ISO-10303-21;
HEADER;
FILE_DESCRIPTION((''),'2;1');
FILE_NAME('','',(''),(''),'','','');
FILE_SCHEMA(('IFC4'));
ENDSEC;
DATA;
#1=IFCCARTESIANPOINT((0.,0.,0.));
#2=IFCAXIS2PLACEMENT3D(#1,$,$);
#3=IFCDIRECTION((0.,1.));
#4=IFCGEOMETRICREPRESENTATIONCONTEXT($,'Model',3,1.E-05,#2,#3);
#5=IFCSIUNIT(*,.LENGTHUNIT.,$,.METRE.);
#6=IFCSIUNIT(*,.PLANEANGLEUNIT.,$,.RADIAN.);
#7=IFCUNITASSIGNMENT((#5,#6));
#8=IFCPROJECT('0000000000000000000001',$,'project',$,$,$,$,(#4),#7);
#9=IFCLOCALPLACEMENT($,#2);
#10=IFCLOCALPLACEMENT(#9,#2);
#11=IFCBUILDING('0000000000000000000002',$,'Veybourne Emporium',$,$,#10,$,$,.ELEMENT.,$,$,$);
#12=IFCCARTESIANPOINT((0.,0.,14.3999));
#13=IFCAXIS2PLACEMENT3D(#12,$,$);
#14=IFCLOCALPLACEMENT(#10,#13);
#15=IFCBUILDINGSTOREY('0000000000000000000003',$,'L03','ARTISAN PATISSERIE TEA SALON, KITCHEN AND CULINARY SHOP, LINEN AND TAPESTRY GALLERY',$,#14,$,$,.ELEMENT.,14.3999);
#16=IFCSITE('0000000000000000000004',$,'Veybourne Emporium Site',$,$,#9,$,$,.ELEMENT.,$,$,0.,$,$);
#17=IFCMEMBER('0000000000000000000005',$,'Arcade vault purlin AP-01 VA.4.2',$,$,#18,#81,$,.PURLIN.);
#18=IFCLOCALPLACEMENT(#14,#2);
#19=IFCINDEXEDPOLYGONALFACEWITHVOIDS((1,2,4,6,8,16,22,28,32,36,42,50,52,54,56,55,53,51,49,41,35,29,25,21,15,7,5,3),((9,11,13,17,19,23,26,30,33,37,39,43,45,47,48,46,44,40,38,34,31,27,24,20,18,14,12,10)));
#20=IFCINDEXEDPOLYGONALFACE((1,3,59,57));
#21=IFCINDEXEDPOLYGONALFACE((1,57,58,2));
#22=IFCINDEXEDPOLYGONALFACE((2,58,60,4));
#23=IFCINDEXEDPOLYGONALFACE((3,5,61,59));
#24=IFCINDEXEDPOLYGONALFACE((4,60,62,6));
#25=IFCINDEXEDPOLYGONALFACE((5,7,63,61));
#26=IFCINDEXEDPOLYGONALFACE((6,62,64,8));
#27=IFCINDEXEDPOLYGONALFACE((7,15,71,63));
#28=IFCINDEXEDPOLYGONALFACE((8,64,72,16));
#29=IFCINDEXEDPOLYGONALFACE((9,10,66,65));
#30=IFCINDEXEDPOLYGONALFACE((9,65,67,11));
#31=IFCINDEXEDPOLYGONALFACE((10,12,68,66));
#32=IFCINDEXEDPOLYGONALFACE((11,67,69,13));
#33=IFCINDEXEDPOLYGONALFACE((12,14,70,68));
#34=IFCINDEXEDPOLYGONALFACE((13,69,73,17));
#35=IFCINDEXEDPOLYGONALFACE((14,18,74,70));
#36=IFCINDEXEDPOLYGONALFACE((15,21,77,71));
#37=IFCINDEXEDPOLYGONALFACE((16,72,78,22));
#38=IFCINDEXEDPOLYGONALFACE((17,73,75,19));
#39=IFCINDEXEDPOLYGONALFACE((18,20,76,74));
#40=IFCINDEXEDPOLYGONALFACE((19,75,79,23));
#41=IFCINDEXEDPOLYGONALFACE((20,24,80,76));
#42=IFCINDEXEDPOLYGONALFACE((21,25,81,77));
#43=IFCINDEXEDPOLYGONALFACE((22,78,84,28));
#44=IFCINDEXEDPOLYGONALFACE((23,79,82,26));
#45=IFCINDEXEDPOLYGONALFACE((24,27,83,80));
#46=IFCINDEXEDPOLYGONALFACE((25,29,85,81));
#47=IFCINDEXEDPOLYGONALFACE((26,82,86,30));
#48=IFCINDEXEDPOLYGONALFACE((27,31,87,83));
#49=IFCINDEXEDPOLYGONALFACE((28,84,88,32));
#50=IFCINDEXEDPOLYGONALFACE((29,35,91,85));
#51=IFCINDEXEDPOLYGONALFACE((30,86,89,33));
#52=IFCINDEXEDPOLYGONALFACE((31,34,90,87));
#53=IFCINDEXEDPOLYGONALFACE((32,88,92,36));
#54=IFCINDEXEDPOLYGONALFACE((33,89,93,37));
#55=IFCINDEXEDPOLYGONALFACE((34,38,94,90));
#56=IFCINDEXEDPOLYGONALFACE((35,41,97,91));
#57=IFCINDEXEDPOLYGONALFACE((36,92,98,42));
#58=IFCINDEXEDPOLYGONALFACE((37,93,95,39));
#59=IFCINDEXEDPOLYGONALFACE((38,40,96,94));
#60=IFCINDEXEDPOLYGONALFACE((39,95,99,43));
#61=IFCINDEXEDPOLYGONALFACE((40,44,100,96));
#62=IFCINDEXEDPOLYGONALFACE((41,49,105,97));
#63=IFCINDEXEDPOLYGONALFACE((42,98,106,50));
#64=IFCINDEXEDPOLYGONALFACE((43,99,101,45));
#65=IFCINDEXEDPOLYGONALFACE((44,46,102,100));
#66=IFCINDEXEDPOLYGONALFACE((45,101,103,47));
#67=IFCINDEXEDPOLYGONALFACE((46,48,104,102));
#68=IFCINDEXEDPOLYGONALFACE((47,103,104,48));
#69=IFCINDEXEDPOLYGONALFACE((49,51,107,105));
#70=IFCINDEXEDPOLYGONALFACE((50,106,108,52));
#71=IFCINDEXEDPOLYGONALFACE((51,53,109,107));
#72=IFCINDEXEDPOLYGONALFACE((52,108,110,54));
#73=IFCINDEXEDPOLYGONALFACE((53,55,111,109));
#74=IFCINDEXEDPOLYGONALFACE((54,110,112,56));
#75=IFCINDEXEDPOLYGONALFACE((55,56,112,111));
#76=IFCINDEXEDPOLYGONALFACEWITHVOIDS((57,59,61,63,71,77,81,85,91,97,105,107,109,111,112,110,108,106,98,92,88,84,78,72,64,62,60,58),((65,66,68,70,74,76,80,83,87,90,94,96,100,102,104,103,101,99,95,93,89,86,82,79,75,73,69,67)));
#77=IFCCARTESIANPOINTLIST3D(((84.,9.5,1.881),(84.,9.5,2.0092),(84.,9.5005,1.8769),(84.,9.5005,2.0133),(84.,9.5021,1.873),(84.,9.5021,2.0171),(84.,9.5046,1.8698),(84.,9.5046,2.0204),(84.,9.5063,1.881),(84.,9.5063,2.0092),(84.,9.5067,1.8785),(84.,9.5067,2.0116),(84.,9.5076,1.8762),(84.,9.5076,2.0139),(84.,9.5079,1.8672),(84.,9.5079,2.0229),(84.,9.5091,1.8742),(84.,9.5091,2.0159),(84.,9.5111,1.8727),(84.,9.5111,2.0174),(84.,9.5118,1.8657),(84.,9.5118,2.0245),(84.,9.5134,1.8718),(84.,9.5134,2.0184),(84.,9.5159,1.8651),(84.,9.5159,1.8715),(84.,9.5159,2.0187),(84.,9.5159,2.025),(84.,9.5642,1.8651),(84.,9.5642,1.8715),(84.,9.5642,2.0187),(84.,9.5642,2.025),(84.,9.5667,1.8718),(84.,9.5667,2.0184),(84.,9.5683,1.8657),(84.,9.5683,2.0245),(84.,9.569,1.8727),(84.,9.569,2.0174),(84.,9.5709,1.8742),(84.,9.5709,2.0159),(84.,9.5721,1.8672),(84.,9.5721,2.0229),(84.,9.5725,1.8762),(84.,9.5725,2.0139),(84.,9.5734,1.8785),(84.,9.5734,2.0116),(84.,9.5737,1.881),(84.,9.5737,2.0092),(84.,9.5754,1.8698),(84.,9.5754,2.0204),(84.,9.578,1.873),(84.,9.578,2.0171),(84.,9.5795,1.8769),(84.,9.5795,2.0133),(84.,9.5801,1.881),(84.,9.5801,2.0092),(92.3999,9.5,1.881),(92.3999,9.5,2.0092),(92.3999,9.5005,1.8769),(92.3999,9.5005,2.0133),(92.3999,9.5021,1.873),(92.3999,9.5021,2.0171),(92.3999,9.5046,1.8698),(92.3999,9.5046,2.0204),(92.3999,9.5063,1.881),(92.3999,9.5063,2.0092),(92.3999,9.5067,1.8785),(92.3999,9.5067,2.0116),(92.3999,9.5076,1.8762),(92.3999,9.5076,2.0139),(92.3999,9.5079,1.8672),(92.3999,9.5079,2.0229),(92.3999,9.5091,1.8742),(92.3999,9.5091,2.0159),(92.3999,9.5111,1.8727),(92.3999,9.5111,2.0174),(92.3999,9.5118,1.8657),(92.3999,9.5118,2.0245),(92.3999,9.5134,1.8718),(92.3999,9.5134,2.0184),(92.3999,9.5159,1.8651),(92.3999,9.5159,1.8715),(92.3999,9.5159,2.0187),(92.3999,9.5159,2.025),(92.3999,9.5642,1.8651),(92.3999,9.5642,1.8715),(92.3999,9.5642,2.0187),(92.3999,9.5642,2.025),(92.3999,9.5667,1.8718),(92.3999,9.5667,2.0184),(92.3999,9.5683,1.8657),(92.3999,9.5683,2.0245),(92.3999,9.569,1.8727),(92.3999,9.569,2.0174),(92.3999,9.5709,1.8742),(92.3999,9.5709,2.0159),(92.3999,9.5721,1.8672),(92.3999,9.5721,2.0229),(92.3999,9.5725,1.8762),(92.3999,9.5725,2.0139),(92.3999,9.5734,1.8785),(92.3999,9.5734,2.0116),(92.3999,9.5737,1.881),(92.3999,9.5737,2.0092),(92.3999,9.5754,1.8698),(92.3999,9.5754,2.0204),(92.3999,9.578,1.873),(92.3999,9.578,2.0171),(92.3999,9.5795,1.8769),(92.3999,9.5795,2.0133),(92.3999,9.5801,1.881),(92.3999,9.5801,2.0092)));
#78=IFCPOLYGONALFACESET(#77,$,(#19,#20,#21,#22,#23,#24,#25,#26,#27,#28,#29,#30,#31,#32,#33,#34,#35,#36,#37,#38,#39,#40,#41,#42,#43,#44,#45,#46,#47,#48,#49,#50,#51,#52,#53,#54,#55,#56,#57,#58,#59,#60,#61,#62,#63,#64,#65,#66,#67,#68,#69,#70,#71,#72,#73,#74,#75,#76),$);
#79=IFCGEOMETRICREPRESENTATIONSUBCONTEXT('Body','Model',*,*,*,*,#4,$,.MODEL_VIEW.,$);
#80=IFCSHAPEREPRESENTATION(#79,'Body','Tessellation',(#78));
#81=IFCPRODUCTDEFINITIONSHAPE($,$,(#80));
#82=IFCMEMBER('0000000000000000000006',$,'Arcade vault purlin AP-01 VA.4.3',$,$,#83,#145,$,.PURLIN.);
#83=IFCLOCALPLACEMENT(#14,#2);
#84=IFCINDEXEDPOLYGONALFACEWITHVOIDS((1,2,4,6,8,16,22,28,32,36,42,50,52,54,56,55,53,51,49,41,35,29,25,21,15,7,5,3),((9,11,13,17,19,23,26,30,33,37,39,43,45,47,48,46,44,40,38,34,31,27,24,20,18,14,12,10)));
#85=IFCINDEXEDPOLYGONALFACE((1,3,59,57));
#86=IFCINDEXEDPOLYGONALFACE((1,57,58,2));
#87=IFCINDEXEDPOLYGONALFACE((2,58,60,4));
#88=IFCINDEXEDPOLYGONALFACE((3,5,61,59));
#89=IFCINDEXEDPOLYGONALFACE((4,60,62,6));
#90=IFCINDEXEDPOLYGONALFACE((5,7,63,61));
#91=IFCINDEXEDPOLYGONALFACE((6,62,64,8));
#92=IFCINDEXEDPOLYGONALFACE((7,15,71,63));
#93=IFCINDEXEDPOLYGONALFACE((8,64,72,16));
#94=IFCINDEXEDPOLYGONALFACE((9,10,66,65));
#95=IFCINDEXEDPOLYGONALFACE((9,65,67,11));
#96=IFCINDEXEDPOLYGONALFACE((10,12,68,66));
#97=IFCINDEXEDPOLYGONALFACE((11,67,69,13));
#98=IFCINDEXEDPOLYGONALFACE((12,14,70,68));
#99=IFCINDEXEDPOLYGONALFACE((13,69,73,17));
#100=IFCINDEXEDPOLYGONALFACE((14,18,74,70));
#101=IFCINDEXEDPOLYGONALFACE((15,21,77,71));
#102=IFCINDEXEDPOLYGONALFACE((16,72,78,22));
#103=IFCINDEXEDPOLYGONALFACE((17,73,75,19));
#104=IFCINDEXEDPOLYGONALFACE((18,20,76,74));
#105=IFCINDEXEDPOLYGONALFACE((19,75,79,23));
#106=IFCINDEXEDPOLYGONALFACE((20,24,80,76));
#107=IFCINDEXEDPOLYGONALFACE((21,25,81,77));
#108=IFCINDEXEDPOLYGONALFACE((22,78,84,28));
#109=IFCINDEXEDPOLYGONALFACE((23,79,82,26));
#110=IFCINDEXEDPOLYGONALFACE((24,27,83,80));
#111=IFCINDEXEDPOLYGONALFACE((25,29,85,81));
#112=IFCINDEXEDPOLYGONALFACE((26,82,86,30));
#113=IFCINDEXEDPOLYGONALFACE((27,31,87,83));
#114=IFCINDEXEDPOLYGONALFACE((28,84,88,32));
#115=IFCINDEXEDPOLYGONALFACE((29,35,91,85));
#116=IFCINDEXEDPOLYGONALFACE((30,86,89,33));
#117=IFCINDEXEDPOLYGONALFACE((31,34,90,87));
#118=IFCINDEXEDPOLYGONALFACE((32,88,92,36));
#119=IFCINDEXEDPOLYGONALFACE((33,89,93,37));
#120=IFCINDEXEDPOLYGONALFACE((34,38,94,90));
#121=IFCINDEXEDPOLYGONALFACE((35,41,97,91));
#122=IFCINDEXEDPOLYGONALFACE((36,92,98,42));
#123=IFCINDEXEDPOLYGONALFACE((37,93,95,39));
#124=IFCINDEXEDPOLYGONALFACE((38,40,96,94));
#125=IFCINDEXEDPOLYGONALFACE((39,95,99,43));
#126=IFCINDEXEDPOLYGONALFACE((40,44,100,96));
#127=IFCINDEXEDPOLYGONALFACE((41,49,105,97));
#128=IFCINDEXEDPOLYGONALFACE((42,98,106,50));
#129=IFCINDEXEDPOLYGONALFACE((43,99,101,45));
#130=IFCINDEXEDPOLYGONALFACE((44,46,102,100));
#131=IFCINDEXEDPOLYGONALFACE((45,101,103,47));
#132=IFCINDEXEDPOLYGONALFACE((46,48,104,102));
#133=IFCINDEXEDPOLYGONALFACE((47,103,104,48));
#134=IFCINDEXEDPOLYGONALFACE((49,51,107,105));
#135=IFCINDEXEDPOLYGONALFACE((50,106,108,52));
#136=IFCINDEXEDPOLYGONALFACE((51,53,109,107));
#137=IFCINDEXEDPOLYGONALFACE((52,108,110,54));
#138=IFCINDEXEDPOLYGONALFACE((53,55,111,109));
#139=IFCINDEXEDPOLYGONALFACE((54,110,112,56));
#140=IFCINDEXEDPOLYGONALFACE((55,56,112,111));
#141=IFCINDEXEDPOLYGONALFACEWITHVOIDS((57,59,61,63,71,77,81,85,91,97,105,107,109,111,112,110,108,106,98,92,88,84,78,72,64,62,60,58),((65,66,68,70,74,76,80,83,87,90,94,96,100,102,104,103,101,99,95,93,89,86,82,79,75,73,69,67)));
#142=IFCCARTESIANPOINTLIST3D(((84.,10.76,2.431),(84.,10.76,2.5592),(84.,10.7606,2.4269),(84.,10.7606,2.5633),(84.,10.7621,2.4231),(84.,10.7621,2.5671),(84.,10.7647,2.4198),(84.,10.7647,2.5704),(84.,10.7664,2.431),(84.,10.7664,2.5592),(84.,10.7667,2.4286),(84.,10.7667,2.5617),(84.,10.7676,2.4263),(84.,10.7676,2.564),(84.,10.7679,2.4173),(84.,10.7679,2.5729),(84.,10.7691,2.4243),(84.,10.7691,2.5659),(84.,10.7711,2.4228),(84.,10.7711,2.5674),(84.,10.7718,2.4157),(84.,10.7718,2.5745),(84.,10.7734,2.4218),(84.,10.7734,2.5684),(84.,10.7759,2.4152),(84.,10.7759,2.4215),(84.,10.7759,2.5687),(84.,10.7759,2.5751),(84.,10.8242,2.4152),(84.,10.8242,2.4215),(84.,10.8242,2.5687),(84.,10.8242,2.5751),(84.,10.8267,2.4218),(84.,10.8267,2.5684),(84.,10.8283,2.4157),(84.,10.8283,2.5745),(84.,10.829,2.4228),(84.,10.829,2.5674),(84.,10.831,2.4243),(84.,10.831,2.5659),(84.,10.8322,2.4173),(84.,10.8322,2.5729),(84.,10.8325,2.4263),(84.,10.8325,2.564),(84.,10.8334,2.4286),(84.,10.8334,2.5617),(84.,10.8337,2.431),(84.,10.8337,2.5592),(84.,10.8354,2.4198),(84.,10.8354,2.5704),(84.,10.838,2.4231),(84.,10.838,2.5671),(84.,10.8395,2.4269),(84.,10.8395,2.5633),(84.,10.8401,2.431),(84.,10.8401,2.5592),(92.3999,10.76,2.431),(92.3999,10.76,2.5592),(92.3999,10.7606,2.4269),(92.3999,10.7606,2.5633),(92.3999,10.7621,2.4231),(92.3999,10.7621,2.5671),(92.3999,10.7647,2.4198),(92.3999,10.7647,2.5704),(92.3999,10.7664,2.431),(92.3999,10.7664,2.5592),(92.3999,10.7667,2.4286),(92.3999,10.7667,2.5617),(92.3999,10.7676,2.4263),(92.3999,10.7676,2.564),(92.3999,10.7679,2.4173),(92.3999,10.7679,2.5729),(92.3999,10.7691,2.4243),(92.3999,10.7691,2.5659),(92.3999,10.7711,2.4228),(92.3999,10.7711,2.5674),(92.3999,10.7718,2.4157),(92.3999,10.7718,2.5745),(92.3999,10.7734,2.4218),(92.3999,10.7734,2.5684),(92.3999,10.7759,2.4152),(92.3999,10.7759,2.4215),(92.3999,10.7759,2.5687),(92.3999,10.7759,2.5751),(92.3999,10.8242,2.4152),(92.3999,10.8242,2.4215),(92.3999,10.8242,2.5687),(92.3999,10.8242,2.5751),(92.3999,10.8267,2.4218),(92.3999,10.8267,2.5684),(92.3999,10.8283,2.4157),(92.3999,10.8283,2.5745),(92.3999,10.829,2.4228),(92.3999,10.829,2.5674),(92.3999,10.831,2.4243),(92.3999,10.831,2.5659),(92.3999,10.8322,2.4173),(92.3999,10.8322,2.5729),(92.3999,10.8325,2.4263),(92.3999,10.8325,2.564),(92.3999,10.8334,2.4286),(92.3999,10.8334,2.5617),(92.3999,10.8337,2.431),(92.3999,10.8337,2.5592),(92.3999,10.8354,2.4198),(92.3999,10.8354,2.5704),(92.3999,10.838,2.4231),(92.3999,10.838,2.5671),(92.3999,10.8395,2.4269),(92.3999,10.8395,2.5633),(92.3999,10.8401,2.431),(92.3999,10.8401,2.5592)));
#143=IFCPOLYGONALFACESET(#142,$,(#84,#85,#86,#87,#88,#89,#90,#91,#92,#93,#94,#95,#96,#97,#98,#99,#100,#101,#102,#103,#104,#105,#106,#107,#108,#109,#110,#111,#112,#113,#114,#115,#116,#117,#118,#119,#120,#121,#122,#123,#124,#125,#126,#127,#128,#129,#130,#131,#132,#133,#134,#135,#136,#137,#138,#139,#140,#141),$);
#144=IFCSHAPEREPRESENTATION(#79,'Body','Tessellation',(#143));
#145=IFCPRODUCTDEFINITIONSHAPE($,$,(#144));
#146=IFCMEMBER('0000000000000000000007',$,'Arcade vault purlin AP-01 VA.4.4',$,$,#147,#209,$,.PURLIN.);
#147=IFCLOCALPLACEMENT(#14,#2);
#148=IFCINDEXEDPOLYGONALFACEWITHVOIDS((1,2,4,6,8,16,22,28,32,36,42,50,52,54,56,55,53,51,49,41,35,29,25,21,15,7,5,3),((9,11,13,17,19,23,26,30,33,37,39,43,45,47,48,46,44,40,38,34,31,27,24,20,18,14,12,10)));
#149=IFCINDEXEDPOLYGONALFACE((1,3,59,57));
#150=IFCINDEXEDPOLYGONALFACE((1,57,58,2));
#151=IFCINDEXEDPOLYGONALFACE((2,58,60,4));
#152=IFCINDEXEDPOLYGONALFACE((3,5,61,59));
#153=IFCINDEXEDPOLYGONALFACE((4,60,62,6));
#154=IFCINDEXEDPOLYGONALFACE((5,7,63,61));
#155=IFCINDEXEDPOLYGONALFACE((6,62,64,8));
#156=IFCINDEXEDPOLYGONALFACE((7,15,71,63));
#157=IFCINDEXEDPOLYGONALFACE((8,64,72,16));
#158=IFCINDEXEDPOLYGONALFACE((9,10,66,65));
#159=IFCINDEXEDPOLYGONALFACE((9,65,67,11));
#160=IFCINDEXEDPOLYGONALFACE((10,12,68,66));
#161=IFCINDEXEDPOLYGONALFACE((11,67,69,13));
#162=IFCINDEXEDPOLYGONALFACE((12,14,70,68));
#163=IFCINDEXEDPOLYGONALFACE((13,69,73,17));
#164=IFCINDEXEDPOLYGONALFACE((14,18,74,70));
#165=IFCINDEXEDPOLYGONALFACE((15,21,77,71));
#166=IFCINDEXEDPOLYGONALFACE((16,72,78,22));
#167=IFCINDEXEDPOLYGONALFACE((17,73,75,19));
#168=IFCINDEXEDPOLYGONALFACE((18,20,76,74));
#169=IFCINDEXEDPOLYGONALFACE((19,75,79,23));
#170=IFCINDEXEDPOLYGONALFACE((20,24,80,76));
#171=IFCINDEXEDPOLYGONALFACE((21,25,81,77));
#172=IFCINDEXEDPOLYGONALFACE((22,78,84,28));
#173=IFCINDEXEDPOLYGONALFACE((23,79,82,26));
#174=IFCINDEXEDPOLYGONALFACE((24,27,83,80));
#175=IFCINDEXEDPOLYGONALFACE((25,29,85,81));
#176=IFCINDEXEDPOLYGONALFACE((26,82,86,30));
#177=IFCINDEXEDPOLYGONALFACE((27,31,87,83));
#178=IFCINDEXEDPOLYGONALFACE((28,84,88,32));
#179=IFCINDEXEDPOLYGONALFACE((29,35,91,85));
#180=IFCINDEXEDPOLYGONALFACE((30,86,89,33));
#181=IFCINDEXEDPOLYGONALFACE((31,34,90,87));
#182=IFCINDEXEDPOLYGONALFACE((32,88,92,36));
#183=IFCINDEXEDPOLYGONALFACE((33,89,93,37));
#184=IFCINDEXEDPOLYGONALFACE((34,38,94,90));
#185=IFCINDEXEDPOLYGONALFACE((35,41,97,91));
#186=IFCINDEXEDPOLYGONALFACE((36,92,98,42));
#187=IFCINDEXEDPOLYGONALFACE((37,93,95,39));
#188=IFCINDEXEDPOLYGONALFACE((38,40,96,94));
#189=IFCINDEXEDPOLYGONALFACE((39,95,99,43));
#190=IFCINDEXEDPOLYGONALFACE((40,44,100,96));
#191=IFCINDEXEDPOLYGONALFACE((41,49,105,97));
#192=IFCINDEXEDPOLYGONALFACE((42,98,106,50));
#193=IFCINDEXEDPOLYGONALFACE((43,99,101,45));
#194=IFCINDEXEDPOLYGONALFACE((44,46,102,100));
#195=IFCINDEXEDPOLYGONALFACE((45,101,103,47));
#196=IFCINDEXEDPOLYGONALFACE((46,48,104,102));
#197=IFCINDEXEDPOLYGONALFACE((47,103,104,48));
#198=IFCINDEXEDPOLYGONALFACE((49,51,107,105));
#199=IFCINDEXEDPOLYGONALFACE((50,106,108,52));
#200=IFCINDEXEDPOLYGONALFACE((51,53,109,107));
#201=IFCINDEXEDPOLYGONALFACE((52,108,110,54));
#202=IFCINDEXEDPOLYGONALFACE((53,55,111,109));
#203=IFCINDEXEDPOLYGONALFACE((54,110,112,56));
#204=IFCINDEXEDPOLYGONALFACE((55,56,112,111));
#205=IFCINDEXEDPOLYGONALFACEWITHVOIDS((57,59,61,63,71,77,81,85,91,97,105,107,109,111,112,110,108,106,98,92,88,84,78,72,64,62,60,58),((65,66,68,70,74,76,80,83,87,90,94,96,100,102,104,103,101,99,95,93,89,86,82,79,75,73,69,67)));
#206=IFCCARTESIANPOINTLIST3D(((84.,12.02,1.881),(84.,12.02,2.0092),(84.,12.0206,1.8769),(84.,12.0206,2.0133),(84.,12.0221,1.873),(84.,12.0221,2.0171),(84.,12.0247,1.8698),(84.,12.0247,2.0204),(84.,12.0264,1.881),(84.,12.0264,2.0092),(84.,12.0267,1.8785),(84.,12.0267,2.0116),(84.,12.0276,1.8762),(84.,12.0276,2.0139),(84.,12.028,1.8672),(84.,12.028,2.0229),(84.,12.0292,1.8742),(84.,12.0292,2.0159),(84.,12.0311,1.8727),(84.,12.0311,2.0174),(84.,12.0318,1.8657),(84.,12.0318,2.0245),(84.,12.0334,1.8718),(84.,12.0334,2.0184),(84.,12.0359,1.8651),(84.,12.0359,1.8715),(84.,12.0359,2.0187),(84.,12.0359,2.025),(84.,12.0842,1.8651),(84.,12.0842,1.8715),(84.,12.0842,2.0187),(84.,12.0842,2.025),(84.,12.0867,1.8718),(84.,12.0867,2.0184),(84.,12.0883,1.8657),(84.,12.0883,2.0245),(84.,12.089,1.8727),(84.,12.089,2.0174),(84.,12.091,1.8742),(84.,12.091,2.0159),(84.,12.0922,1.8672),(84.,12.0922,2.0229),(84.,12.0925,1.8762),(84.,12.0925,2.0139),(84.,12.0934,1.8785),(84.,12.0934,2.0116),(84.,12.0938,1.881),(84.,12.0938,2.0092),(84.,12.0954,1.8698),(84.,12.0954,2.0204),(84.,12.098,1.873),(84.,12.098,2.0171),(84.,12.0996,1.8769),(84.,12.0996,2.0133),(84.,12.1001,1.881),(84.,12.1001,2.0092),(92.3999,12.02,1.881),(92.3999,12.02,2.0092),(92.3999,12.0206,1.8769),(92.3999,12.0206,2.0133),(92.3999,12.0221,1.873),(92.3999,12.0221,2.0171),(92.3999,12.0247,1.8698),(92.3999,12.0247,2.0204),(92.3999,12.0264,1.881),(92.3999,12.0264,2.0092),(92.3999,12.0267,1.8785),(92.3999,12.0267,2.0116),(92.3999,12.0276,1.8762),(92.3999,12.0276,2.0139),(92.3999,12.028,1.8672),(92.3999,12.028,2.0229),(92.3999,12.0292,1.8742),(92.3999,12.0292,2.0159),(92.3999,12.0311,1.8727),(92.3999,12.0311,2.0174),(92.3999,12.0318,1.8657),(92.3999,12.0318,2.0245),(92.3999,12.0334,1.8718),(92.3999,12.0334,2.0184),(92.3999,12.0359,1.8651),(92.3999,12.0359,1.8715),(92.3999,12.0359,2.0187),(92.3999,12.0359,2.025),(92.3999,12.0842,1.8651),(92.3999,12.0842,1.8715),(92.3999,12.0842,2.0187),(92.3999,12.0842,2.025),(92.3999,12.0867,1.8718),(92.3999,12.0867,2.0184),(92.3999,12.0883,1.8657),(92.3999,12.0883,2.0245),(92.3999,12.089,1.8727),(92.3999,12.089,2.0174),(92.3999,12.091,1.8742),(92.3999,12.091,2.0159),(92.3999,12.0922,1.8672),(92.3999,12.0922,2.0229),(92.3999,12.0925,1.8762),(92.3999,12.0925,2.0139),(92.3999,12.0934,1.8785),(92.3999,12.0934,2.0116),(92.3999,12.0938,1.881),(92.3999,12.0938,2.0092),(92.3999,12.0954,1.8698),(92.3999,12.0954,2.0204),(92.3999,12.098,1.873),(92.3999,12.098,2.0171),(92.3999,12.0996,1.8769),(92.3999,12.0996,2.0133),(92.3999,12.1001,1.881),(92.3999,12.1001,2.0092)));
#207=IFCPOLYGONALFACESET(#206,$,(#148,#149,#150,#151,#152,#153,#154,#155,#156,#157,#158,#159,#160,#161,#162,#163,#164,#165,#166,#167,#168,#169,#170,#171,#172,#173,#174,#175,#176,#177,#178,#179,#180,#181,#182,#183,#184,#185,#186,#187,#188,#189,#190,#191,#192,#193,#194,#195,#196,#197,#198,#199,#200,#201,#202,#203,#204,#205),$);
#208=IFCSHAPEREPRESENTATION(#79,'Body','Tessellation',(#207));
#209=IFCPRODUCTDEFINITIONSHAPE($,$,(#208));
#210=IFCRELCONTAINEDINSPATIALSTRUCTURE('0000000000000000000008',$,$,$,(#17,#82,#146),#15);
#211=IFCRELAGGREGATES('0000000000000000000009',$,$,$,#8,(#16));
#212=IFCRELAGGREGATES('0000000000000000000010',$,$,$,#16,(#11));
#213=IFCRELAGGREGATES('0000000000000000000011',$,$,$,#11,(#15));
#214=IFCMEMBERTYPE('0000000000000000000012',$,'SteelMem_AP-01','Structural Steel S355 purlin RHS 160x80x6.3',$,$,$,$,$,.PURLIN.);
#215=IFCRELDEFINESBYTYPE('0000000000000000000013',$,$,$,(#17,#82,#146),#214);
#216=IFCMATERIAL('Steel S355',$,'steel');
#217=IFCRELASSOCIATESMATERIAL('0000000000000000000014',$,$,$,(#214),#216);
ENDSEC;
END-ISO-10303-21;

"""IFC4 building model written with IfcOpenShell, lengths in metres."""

from ifc_helpers import new_model, si_unit, direction, frame, origin, origin_2d, place, context, subcontext, project, spatial, hollow_rectangle, extrude, material, material_profile, profile_set, type_object, element, save


model = new_model("IFC4")

# Units and contexts
model_context = context("Model", 3, precision=1e-05, world=origin(), true_north=direction((0.0, 1.0)))
body_context = subcontext(model_context, "Body", "Model", "MODEL_VIEW")
ifc_project = project(units=[si_unit("LENGTHUNIT", "METRE"), si_unit("PLANEANGLEUNIT", "RADIAN")], contexts=[model_context])

# Site, building, storey
site_placement = place(None, origin())
site = spatial("IfcSite", under=ifc_project, at=site_placement, Name="Veybourne Emporium Site", CompositionType="ELEMENT", RefElevation=0.0)
building_placement = place(site_placement, origin())
building = spatial("IfcBuilding", under=site, at=building_placement, Name="Veybourne Emporium", CompositionType="ELEMENT")
storey_placement = place(building_placement, frame((0.0, 0.0, 14.3999)))
storey = spatial("IfcBuildingStorey", under=building, at=storey_placement, Name="L03", Description="ARTISAN PATISSERIE TEA SALON, KITCHEN AND CULINARY SHOP, LINEN AND TAPESTRY GALLERY", CompositionType="ELEMENT", Elevation=14.3999)

# Shared definitions
ifc_material_1 = material(Name="Steel S355", Category="steel")

# Members
ifc_material_profile_1 = material_profile(ifc_material_1, hollow_rectangle(XDim=0.0801, YDim=0.1599, WallThickness=0.0063, InnerFilletRadius=0.0095, OuterFilletRadius=0.0159, at=origin_2d()), Name="RHS 160x80x6.3")
ifc_profile_set_1 = profile_set([ifc_material_profile_1], Name="Steel S355")
member_type_1 = type_object("IfcMemberType", Name="SteelMem_AP-01", Description="Structural Steel S355 purlin RHS 160x80x6.3", PredefinedType="PURLIN", material=ifc_profile_set_1)
for number, where, z_axis, x_axis, name in (
    (1, (84.0, 9.54, 1.9451), (1.0, 0.0, 0.0), (0.0, 1.0, 0.0), "Arcade vault purlin AP-01 VA.4.2"),
    (2, (84.0, 10.8, 2.4951), (1.0, 0.0, 0.0), (0.0, 1.0, 0.0), "Arcade vault purlin AP-01 VA.4.3"),
    (3, (84.0, 12.0601, 1.9451), (1.0, 0.0, 0.0), (0.0, 1.0, 0.0), "Arcade vault purlin AP-01 VA.4.4"),
):
    element("IfcMember", number, at=place(storey_placement, frame(where, z_axis=z_axis, x_axis=x_axis)), inside=storey, type_object=member_type_1, Name=name, PredefinedType="PURLIN", context=body_context, shape_type="SweptSolid", body=[
        extrude(hollow_rectangle(XDim=0.0801, YDim=0.1599, WallThickness=0.0063, InnerFilletRadius=0.0095, OuterFilletRadius=0.0159, at=origin_2d()), origin(), (0.0, 0.0, 1.0), 8.3999),
    ])

save(model, "model.ifc")
